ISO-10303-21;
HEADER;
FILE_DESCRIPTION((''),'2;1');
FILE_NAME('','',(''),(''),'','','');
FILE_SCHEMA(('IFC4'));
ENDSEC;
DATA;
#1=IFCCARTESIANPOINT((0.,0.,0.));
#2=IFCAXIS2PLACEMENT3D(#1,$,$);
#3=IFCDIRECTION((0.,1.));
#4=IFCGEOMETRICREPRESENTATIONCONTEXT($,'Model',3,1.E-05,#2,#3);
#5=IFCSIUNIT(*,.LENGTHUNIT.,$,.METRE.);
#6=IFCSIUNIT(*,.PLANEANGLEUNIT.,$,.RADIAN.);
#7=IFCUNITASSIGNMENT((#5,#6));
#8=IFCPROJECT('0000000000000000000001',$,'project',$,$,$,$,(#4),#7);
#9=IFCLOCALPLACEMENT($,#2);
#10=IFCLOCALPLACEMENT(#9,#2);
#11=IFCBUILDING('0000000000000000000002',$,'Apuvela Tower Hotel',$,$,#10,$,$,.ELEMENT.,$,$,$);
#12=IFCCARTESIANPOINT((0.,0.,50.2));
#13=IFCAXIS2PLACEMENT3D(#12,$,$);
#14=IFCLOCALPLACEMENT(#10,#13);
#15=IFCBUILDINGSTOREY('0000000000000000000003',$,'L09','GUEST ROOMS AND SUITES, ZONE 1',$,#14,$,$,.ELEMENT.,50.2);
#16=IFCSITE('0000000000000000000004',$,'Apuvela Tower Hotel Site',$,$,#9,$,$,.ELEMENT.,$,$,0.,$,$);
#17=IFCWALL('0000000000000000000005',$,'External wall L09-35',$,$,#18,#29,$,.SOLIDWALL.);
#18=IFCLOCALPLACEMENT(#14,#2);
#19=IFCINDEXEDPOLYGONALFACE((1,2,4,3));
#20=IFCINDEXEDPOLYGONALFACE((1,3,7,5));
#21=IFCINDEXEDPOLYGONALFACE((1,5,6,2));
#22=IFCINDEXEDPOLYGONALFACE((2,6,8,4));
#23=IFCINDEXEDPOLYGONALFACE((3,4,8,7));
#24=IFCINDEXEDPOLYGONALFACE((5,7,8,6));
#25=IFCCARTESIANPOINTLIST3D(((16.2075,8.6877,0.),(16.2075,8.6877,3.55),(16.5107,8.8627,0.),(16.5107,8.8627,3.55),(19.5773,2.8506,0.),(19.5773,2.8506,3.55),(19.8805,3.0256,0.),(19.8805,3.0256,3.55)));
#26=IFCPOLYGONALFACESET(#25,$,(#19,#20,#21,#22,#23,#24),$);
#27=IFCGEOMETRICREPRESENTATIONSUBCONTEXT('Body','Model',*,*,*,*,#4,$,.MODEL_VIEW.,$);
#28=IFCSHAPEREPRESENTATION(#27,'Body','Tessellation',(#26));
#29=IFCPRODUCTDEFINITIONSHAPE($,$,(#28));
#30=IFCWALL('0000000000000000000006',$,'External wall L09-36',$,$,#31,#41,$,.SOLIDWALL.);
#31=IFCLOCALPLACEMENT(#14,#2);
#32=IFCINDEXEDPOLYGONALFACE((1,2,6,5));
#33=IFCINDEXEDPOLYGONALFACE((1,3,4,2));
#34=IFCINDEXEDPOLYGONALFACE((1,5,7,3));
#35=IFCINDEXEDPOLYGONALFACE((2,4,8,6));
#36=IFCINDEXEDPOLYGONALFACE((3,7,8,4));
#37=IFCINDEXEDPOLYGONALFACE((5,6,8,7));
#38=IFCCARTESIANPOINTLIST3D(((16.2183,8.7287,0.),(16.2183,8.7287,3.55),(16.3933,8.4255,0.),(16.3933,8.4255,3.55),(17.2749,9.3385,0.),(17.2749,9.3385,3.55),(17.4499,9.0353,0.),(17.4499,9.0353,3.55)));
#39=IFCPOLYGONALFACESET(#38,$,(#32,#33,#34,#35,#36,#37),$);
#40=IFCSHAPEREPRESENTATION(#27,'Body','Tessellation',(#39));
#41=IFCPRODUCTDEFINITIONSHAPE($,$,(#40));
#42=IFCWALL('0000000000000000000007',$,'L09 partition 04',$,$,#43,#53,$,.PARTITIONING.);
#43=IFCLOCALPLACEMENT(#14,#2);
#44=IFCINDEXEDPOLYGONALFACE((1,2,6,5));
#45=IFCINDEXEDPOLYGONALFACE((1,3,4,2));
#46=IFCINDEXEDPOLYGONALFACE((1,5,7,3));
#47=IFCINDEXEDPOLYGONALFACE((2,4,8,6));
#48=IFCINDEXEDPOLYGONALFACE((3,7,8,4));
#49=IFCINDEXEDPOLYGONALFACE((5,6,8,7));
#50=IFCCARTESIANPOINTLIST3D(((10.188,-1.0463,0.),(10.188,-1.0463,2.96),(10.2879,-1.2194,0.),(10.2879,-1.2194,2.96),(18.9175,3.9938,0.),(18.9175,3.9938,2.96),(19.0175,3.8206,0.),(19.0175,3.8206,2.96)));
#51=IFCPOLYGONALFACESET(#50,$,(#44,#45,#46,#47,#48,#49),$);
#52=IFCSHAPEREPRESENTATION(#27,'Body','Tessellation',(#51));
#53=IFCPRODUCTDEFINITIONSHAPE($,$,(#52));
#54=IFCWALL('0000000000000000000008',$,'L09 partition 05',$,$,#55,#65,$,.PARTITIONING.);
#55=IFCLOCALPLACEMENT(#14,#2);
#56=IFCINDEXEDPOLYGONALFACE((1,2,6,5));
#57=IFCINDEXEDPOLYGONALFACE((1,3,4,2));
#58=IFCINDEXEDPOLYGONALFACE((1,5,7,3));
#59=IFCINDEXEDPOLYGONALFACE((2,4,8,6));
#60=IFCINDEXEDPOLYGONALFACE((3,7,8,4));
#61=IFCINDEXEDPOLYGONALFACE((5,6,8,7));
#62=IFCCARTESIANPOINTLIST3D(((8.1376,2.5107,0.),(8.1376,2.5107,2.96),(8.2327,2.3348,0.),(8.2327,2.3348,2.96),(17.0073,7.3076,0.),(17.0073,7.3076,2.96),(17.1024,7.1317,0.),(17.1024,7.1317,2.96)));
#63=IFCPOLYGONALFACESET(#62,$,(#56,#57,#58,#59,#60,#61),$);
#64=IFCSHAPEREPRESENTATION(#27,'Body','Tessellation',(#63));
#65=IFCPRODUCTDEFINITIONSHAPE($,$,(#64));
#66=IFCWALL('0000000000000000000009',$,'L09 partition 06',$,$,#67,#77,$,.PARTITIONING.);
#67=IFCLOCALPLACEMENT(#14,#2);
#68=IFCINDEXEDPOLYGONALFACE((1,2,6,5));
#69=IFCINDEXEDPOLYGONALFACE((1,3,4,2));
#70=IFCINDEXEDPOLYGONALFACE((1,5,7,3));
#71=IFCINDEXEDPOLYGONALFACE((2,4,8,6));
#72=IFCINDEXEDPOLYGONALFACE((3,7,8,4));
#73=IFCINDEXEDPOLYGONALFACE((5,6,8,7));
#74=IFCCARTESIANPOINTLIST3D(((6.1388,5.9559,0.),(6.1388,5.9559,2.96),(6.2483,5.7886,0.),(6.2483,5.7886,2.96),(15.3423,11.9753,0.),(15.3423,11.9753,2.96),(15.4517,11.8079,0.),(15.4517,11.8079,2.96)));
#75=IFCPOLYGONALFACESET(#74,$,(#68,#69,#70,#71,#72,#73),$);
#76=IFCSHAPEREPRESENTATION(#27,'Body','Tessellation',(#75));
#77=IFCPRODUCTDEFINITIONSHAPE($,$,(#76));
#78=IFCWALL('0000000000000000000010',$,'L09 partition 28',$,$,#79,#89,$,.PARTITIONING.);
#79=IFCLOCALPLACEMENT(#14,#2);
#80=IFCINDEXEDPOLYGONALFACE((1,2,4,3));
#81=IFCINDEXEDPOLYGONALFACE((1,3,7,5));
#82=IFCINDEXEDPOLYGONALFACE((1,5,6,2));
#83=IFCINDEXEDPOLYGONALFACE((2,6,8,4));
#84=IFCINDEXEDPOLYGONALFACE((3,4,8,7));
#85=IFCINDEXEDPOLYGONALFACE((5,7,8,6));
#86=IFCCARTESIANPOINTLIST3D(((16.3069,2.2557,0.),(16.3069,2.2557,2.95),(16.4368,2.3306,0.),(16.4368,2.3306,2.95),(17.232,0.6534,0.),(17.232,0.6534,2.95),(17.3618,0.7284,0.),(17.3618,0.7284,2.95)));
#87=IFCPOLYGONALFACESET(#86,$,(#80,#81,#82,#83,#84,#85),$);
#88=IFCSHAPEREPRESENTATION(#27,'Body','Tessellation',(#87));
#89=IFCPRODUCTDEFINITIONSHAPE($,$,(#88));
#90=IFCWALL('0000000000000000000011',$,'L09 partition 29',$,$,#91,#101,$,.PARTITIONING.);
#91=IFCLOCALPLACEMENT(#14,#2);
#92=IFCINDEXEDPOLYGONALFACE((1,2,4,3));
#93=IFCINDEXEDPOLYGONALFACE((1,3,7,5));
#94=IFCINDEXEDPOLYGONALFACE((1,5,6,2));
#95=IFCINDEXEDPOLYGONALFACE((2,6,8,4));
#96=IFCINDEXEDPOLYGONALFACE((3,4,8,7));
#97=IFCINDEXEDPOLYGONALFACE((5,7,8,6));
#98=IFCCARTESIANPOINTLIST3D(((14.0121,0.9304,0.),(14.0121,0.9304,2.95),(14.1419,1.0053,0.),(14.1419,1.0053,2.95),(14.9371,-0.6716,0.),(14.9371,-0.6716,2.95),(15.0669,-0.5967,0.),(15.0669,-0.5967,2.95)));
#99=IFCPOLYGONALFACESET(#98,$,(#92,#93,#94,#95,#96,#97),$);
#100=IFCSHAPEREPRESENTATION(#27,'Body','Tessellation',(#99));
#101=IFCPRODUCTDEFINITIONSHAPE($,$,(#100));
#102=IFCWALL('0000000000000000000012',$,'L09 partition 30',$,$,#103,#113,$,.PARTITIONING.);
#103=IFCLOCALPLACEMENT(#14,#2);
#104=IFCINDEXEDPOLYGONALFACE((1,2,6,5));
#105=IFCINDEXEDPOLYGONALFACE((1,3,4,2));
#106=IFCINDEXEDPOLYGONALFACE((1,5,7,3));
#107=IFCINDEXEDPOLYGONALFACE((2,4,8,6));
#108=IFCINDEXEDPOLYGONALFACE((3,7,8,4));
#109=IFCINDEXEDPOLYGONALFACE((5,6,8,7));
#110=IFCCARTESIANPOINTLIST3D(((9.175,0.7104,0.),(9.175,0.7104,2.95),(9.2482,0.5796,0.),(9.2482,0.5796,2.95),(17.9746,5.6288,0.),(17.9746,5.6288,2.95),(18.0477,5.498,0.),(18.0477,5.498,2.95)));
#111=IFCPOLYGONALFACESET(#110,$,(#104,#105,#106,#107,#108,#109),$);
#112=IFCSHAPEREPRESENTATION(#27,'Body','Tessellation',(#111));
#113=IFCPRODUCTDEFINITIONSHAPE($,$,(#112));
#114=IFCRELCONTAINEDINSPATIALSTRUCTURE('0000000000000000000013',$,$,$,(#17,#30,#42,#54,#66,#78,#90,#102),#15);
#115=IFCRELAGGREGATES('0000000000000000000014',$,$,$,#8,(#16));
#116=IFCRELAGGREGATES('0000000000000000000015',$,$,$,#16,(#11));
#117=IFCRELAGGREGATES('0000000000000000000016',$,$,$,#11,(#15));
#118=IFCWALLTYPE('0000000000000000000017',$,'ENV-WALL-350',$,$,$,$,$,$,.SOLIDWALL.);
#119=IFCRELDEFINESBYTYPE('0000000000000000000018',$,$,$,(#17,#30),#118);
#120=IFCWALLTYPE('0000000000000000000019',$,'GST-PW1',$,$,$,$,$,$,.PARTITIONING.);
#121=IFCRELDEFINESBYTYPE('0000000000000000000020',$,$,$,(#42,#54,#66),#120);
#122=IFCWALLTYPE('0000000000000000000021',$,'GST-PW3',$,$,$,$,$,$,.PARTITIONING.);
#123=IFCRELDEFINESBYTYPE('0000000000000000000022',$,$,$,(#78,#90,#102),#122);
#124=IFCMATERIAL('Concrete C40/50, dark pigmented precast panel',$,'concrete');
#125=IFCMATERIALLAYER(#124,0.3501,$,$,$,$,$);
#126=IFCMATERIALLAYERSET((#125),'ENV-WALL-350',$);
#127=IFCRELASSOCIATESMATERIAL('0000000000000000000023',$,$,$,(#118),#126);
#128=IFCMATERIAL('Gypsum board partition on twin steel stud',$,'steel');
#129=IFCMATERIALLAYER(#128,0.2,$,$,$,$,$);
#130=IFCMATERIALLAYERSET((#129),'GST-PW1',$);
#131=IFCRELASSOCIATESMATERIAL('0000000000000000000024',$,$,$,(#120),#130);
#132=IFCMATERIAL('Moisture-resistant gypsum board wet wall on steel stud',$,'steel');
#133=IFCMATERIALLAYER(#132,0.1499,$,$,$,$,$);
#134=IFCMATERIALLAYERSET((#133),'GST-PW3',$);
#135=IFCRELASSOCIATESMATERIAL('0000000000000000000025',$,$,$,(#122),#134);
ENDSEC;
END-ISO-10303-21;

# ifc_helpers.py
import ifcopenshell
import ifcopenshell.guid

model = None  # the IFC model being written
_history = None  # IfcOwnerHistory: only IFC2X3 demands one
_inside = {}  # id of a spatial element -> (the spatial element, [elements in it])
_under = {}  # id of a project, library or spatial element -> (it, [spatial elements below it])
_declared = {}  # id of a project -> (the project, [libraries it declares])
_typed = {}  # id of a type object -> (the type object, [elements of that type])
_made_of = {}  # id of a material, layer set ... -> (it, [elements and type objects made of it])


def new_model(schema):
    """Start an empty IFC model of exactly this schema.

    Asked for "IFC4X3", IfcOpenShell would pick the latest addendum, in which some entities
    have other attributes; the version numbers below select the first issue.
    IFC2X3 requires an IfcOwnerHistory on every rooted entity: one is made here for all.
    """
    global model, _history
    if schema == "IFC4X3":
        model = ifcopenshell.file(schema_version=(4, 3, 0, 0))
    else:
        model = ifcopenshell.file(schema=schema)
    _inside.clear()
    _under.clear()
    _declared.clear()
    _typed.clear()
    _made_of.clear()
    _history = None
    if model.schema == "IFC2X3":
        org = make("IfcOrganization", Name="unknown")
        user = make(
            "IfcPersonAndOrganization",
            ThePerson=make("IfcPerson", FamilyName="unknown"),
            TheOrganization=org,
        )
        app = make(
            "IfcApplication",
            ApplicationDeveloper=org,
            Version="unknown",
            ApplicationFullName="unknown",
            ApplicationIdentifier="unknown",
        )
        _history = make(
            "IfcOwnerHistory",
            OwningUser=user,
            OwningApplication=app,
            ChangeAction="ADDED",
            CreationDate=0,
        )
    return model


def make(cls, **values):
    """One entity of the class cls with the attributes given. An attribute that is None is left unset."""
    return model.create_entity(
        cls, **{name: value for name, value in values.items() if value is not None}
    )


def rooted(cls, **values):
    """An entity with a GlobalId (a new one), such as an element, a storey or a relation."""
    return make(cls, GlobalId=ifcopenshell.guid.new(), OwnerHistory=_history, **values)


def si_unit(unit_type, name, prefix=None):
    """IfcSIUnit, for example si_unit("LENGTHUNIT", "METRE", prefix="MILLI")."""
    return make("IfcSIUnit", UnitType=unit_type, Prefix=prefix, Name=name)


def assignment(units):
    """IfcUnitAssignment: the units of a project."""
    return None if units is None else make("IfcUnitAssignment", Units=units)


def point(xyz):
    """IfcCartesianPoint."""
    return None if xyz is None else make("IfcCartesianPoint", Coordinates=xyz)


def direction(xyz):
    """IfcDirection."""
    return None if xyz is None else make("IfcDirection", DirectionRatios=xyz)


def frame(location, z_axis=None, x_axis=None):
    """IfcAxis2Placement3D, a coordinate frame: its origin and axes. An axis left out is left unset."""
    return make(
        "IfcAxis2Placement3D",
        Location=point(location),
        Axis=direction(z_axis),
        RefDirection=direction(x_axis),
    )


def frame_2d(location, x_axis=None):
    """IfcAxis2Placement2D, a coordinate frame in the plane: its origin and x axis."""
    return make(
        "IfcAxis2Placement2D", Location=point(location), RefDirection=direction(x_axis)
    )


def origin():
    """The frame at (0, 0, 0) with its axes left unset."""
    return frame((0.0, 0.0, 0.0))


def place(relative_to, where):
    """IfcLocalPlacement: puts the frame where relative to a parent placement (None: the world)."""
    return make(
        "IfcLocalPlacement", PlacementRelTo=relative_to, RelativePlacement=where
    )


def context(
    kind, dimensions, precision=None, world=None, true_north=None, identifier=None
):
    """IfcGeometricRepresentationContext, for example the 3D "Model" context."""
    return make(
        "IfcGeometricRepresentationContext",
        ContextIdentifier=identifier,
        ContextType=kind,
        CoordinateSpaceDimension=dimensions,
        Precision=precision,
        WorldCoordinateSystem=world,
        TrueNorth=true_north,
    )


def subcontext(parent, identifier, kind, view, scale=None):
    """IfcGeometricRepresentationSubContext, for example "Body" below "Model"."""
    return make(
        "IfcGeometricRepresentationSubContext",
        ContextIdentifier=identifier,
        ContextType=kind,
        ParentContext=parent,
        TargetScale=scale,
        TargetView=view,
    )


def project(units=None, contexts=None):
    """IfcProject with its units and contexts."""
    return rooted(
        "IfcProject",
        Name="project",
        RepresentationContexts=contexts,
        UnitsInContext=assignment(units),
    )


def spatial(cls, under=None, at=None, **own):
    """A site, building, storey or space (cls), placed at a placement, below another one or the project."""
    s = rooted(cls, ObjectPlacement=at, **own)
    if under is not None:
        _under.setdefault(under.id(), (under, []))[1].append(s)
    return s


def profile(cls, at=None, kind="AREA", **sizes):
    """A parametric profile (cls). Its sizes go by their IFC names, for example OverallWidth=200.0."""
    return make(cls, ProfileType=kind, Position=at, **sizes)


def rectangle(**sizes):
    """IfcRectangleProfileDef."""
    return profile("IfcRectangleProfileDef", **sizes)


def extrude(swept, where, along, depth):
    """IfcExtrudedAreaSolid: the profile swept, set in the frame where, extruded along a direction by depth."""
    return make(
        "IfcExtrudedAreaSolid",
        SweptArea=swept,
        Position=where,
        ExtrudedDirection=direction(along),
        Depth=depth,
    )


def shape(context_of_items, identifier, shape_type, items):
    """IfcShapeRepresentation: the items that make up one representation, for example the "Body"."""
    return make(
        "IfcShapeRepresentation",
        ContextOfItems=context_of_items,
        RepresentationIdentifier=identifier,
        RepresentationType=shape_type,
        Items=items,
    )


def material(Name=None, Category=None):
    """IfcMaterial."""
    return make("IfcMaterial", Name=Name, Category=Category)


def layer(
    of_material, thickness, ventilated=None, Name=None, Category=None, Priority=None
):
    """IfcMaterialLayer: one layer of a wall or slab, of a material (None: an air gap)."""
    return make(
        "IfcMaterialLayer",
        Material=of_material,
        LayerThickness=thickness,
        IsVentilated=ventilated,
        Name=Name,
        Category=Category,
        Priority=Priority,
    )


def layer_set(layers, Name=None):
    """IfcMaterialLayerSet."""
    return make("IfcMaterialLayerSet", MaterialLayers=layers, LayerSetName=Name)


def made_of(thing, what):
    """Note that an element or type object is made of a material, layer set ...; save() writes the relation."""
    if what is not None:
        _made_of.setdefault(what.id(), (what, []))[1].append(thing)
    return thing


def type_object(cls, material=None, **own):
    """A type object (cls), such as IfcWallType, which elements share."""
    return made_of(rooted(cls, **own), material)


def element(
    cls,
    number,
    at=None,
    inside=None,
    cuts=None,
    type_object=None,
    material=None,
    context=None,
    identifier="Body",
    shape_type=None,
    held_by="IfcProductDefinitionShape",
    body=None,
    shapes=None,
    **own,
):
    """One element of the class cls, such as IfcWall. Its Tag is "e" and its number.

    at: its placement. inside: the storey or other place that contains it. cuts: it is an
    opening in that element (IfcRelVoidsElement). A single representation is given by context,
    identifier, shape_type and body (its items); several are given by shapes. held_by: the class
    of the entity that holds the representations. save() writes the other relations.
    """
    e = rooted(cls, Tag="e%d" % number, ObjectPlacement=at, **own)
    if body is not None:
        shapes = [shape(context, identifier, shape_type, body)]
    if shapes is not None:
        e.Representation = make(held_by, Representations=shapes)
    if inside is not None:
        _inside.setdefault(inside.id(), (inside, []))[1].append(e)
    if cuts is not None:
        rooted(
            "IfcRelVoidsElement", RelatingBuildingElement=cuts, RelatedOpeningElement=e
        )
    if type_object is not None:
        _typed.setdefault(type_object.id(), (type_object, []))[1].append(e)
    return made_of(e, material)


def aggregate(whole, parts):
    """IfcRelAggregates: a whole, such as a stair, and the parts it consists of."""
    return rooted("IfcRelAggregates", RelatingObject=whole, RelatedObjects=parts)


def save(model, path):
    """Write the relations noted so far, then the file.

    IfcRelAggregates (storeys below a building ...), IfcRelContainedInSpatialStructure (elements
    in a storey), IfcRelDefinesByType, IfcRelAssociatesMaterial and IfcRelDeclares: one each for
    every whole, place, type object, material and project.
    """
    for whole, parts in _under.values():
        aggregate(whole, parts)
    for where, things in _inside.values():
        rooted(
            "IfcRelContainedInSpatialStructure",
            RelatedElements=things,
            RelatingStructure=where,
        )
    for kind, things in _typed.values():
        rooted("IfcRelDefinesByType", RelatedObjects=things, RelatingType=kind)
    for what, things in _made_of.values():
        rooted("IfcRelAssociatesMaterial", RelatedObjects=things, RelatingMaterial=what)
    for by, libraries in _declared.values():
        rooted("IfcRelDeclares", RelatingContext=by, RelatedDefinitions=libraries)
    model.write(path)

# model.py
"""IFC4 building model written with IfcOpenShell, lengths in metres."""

from ifc_helpers import new_model, si_unit, direction, frame, frame_2d, origin, place, context, subcontext, project, spatial, rectangle, extrude, material, layer, layer_set, type_object, element, save


model = new_model("IFC4")

# Units and contexts
model_context = context("Model", 3, precision=1e-05, world=origin(), true_north=direction((0.0, 1.0)))
body_context = subcontext(model_context, "Body", "Model", "MODEL_VIEW")
ifc_project = project(units=[si_unit("LENGTHUNIT", "METRE"), si_unit("PLANEANGLEUNIT", "RADIAN")], contexts=[model_context])

# Site, building, storey
site_placement = place(None, origin())
site = spatial("IfcSite", under=ifc_project, at=site_placement, Name="Apuvela Tower Hotel Site", CompositionType="ELEMENT", RefElevation=0.0)
building_placement = place(site_placement, origin())
building = spatial("IfcBuilding", under=site, at=building_placement, Name="Apuvela Tower Hotel", CompositionType="ELEMENT")
storey_placement = place(building_placement, frame((0.0, 0.0, 50.2)))
storey = spatial("IfcBuildingStorey", under=building, at=storey_placement, Name="L09", Description="GUEST ROOMS AND SUITES, ZONE 1", CompositionType="ELEMENT", Elevation=50.2)

# Walls
ifc_material_1 = material(Name="Concrete C40/50, dark pigmented precast panel", Category="concrete")
ifc_layer_1 = layer(ifc_material_1, 0.3501)
ifc_layer_set_1 = layer_set([ifc_layer_1], Name="ENV-WALL-350")
wall_type_1 = type_object("IfcWallType", Name="ENV-WALL-350", PredefinedType="SOLIDWALL", material=ifc_layer_set_1)
wall_1_placement = place(storey_placement, frame((19.729, 2.938, 0.0), z_axis=(0.0, 0.0, 1.0), x_axis=(-0.499976, 0.866039, 0.0)))
element("IfcWall", 1, at=wall_1_placement, inside=storey, type_object=wall_type_1, Name="External wall L09-35", PredefinedType="SOLIDWALL", context=body_context, shape_type="SweptSolid", body=[
    extrude(rectangle(XDim=6.74, YDim=0.3501, at=frame_2d((3.3701, 0.0))), origin(), (0.0, 0.0, 1.0), 3.55),
])
wall_2_placement = place(storey_placement, frame((16.3059, 8.5771, 0.0), z_axis=(0.0, 0.0, 1.0), x_axis=(0.866092, 0.499884, 0.0)))
element("IfcWall", 2, at=wall_2_placement, inside=storey, type_object=wall_type_1, Name="External wall L09-36", PredefinedType="SOLIDWALL", context=body_context, shape_type="SweptSolid", body=[
    extrude(rectangle(XDim=1.22, YDim=0.3501, at=frame_2d((0.6099, 0.0))), origin(), (0.0, 0.0, 1.0), 3.55),
])

# Walls
ifc_material_2 = material(Name="Gypsum board partition on twin steel stud", Category="steel")
ifc_layer_2 = layer(ifc_material_2, 0.2)
ifc_layer_set_2 = layer_set([ifc_layer_2], Name="GST-PW1")
wall_type_2 = type_object("IfcWallType", Name="GST-PW1", PredefinedType="PARTITIONING", material=ifc_layer_set_2)
wall_3_placement = place(storey_placement, frame((18.9675, 3.9072, 0.0), z_axis=(0.0, 0.0, 1.0), x_axis=(-0.866023, -0.500005, 0.0)))
element("IfcWall", 3, at=wall_3_placement, inside=storey, type_object=wall_type_2, Name="L09 partition 04", PredefinedType="PARTITIONING", context=body_context, shape_type="SweptSolid", body=[
    extrude(rectangle(XDim=10.0801, YDim=0.2, at=frame_2d((5.04, 0.0))), origin(), (0.0, 0.0, 1.0), 2.96),
])
wall_4_placement = place(storey_placement, frame((17.0549, 7.2197, 0.0), z_axis=(0.0, 0.0, 1.0), x_axis=(-0.879604, -0.475707, 0.0)))
element("IfcWall", 4, at=wall_4_placement, inside=storey, type_object=wall_type_2, Name="L09 partition 05", PredefinedType="PARTITIONING", context=body_context, shape_type="SweptSolid", body=[
    extrude(rectangle(XDim=10.0837, YDim=0.2, at=frame_2d((5.042, 0.0))), origin(), (0.0, 0.0, 1.0), 2.96),
])
wall_5_placement = place(storey_placement, frame((15.397, 11.8916, 0.0), z_axis=(0.0, 0.0, 1.0), x_axis=(-0.836899, -0.547358, 0.0)))
element("IfcWall", 5, at=wall_5_placement, inside=storey, type_object=wall_type_2, Name="L09 partition 06", PredefinedType="PARTITIONING", context=body_context, shape_type="SweptSolid", body=[
    extrude(rectangle(XDim=10.9971, YDim=0.2, at=frame_2d((5.4985, 0.0))), origin(), (0.0, 0.0, 1.0), 2.96),
])
ifc_material_3 = material(Name="Moisture-resistant gypsum board wet wall on steel stud", Category="steel")
ifc_layer_3 = layer(ifc_material_3, 0.1499)
ifc_layer_set_3 = layer_set([ifc_layer_3], Name="GST-PW3")
wall_type_3 = type_object("IfcWallType", Name="GST-PW3", PredefinedType="PARTITIONING", material=ifc_layer_set_3)
wall_6_placement = place(storey_placement, frame((17.2969, 0.6909, 0.0), z_axis=(0.0, 0.0, 1.0), x_axis=(-0.499985, 0.866034, 0.0)))
element("IfcWall", 6, at=wall_6_placement, inside=storey, type_object=wall_type_3, Name="L09 partition 28", PredefinedType="PARTITIONING", context=body_context, shape_type="SweptSolid", body=[
    extrude(rectangle(XDim=1.8501, YDim=0.1499, at=frame_2d((0.925, 0.0))), origin(), (0.0, 0.0, 1.0), 2.95),
])
wall_7_placement = place(storey_placement, frame((15.002, -0.634, 0.0), z_axis=(0.0, 0.0, 1.0), x_axis=(-0.500042, 0.866001, 0.0)))
element("IfcWall", 7, at=wall_7_placement, inside=storey, type_object=wall_type_3, Name="L09 partition 29", PredefinedType="PARTITIONING", context=body_context, shape_type="SweptSolid", body=[
    extrude(rectangle(XDim=1.8499, YDim=0.1499, at=frame_2d((0.9248, 0.0))), origin(), (0.0, 0.0, 1.0), 2.95),
])
wall_8_placement = place(storey_placement, frame((18.0112, 5.5635, 0.0), z_axis=(0.0, 0.0, 1.0), x_axis=(-0.872899, -0.487901, 0.0)))
element("IfcWall", 8, at=wall_8_placement, inside=storey, type_object=wall_type_3, Name="L09 partition 30", PredefinedType="PARTITIONING", context=body_context, shape_type="SweptSolid", body=[
    extrude(rectangle(XDim=10.0808, YDim=0.1499, at=frame_2d((5.0405, 0.0))), origin(), (0.0, 0.0, 1.0), 2.95),
])

save(model, "model.ifc")
